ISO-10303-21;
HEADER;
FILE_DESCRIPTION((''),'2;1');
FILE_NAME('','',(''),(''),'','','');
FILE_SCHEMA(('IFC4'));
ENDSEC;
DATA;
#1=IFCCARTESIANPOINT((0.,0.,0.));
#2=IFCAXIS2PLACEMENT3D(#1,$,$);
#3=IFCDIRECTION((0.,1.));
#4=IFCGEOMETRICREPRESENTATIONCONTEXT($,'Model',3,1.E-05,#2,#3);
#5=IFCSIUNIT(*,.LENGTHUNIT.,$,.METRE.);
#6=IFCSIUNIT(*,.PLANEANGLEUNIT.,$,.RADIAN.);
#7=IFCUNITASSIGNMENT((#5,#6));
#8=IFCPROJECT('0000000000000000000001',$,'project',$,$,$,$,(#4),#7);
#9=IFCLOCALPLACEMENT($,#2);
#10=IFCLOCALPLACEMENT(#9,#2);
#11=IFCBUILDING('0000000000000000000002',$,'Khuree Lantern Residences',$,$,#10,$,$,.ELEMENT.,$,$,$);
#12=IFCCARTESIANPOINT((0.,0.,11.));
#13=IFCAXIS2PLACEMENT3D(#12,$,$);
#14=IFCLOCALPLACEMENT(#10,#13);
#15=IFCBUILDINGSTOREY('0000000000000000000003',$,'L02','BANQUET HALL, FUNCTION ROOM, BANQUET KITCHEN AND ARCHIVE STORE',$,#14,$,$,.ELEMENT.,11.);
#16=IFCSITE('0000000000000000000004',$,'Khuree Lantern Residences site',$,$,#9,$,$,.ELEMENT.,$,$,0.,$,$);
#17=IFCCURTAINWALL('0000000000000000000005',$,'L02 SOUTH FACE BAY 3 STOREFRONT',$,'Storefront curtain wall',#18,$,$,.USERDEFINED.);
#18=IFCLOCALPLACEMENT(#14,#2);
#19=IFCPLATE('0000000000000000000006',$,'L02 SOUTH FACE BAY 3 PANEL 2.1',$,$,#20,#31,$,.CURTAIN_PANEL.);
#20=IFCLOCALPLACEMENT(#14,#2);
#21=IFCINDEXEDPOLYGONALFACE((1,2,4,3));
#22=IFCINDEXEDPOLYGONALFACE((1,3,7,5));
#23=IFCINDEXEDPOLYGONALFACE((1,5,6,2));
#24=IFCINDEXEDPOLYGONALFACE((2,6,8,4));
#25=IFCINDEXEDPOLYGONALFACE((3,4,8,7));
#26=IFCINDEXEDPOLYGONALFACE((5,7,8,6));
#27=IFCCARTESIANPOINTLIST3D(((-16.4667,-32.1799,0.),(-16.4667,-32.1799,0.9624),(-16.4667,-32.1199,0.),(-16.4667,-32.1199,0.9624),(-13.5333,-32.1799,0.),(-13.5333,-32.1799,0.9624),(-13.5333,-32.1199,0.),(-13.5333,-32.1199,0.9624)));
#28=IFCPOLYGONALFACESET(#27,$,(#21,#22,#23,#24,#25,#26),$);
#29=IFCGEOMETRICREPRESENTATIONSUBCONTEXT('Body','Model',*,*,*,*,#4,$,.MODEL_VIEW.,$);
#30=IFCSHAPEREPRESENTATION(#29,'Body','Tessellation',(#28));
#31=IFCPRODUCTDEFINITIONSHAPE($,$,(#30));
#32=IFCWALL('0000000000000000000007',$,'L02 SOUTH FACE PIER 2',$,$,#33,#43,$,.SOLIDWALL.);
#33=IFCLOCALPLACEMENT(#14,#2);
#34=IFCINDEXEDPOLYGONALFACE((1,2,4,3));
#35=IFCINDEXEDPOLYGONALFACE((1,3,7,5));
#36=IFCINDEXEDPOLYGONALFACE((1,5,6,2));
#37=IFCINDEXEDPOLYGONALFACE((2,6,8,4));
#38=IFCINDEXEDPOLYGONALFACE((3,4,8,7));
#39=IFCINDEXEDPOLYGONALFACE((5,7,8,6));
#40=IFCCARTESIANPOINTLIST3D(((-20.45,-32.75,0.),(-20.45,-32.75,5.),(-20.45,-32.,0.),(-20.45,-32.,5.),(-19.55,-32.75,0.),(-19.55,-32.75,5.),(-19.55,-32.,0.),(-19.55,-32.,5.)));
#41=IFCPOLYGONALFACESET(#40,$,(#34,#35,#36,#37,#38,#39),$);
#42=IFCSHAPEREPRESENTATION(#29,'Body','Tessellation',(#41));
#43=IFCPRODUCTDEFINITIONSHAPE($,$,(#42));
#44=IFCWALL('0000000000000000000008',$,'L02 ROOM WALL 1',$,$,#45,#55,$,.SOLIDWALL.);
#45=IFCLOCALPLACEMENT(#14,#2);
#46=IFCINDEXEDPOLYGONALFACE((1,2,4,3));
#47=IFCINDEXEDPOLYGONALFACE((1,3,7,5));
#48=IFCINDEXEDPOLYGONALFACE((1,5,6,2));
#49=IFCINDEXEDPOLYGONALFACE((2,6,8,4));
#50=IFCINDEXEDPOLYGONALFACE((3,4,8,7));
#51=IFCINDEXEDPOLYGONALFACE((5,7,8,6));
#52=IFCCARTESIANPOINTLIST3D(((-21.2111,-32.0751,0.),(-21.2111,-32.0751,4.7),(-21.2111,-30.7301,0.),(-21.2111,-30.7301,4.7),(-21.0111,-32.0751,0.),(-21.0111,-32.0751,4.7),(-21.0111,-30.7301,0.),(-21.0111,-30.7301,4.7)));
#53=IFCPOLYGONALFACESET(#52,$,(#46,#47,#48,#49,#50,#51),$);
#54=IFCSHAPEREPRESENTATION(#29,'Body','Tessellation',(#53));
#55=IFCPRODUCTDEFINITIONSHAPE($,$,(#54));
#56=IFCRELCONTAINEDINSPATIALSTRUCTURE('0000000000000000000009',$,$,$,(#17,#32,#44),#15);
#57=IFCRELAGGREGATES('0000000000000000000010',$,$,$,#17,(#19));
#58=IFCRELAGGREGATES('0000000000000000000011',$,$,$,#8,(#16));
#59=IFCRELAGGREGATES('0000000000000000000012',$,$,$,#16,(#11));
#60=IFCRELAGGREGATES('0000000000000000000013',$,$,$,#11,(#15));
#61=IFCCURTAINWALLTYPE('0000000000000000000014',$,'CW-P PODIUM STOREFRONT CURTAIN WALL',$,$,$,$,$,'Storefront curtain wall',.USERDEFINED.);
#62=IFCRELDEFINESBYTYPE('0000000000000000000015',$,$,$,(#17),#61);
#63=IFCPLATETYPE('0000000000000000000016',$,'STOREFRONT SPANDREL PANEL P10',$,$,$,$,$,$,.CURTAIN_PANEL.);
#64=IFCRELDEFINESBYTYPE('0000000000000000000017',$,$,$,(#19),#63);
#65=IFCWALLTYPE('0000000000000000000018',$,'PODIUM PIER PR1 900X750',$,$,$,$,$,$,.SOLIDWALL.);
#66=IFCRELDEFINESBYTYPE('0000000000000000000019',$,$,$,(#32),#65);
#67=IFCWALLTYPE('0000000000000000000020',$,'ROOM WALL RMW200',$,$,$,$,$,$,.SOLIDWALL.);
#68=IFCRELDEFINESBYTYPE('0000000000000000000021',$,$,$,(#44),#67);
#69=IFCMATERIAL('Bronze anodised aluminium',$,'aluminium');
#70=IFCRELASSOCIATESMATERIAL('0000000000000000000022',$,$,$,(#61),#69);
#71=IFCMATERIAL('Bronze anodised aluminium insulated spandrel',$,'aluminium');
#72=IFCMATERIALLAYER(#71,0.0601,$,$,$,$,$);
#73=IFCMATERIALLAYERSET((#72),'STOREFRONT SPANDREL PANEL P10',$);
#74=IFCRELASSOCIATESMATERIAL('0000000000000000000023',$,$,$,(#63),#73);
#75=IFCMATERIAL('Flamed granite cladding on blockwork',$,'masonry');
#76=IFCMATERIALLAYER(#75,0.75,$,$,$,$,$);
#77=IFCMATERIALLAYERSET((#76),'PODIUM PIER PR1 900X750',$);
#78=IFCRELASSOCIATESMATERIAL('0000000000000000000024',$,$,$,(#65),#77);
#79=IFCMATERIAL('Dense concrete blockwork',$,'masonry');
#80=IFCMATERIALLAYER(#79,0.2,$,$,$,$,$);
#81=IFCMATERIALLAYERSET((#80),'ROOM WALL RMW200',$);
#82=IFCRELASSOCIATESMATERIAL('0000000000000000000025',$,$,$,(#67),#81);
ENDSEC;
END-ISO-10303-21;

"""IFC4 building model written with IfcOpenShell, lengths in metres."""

from ifc_helpers import new_model, si_unit, direction, frame, frame_2d, origin, origin_2d, place, context, subcontext, project, spatial, rectangle, extrude, material, layer, layer_set, type_object, element, aggregate, save


model = new_model("IFC4")

# Units and contexts
model_context = context("Model", 3, precision=1e-05, world=origin(), true_north=direction((0.0, 1.0)))
body_context = subcontext(model_context, "Body", "Model", "MODEL_VIEW")
ifc_project = project(units=[si_unit("LENGTHUNIT", "METRE"), si_unit("PLANEANGLEUNIT", "RADIAN")], contexts=[model_context])

# Site, building, storey
site_placement = place(None, origin())
site = spatial("IfcSite", under=ifc_project, at=site_placement, Name="Khuree Lantern Residences site", CompositionType="ELEMENT", RefElevation=0.0)
building_placement = place(site_placement, origin())
building = spatial("IfcBuilding", under=site, at=building_placement, Name="Khuree Lantern Residences", CompositionType="ELEMENT")
storey_placement = place(building_placement, frame((0.0, 0.0, 11.0)))
storey = spatial("IfcBuildingStorey", under=building, at=storey_placement, Name="L02", Description="BANQUET HALL, FUNCTION ROOM, BANQUET KITCHEN AND ARCHIVE STORE", CompositionType="ELEMENT", Elevation=11.0)

# Curtain wall
ifc_material_1 = material(Name="Bronze anodised aluminium", Category="aluminium")
curtain_wall_type = type_object("IfcCurtainWallType", Name="CW-P PODIUM STOREFRONT CURTAIN WALL", ElementType="Storefront curtain wall", PredefinedType="USERDEFINED", material=ifc_material_1)
curtain_wall_1_placement = place(storey_placement, origin())
curtain_wall_1 = element("IfcCurtainWall", 1, at=curtain_wall_1_placement, inside=storey, type_object=curtain_wall_type, Name="L02 SOUTH FACE BAY 3 STOREFRONT", ObjectType="Storefront curtain wall", PredefinedType="USERDEFINED")

# Plate
ifc_material_2 = material(Name="Bronze anodised aluminium insulated spandrel", Category="aluminium")
ifc_layer_1 = layer(ifc_material_2, 0.0601)
ifc_layer_set_1 = layer_set([ifc_layer_1], Name="STOREFRONT SPANDREL PANEL P10")
plate_type_1 = type_object("IfcPlateType", Name="STOREFRONT SPANDREL PANEL P10", PredefinedType="CURTAIN_PANEL", material=ifc_layer_set_1)
plate_1_placement = place(storey_placement, frame((-15.0, -32.1499, 0.0), z_axis=(0.0, 0.0, 1.0), x_axis=(1.0, 0.0, 0.0)))
plate_1 = element("IfcPlate", 2, at=plate_1_placement, type_object=plate_type_1, Name="L02 SOUTH FACE BAY 3 PANEL 2.1", PredefinedType="CURTAIN_PANEL", context=body_context, shape_type="SweptSolid", body=[
    extrude(rectangle(XDim=2.9333, YDim=0.0601, at=origin_2d()), origin(), (0.0, 0.0, 1.0), 0.9624),
])
aggregate(curtain_wall_1, [plate_1])

# Walls
ifc_material_3 = material(Name="Flamed granite cladding on blockwork", Category="masonry")
ifc_layer_2 = layer(ifc_material_3, 0.75)
ifc_layer_set_2 = layer_set([ifc_layer_2], Name="PODIUM PIER PR1 900X750")
wall_type_1 = type_object("IfcWallType", Name="PODIUM PIER PR1 900X750", PredefinedType="SOLIDWALL", material=ifc_layer_set_2)
wall_1_placement = place(storey_placement, frame((-20.45, -32.375, 0.0), z_axis=(0.0, 0.0, 1.0), x_axis=(1.0, 0.0, 0.0)))
element("IfcWall", 3, at=wall_1_placement, inside=storey, type_object=wall_type_1, Name="L02 SOUTH FACE PIER 2", PredefinedType="SOLIDWALL", context=body_context, shape_type="SweptSolid", body=[
    extrude(rectangle(XDim=0.8999, YDim=0.75, at=frame_2d((0.45, 0.0))), origin(), (0.0, 0.0, 1.0), 5.0),
])
ifc_material_4 = material(Name="Dense concrete blockwork", Category="masonry")
ifc_layer_3 = layer(ifc_material_4, 0.2)
ifc_layer_set_3 = layer_set([ifc_layer_3], Name="ROOM WALL RMW200")
wall_type_2 = type_object("IfcWallType", Name="ROOM WALL RMW200", PredefinedType="SOLIDWALL", material=ifc_layer_set_3)
wall_2_placement = place(storey_placement, frame((-21.1111, -32.075, 0.0), z_axis=(0.0, 0.0, 1.0), x_axis=(0.0, 1.0, 0.0)))
element("IfcWall", 4, at=wall_2_placement, inside=storey, type_object=wall_type_2, Name="L02 ROOM WALL 1", PredefinedType="SOLIDWALL", context=body_context, shape_type="SweptSolid", body=[
    extrude(rectangle(XDim=1.345, YDim=0.2, at=frame_2d((0.6724, 0.0))), origin(), (0.0, 0.0, 1.0), 4.7),
])

save(model, "model.ifc")
